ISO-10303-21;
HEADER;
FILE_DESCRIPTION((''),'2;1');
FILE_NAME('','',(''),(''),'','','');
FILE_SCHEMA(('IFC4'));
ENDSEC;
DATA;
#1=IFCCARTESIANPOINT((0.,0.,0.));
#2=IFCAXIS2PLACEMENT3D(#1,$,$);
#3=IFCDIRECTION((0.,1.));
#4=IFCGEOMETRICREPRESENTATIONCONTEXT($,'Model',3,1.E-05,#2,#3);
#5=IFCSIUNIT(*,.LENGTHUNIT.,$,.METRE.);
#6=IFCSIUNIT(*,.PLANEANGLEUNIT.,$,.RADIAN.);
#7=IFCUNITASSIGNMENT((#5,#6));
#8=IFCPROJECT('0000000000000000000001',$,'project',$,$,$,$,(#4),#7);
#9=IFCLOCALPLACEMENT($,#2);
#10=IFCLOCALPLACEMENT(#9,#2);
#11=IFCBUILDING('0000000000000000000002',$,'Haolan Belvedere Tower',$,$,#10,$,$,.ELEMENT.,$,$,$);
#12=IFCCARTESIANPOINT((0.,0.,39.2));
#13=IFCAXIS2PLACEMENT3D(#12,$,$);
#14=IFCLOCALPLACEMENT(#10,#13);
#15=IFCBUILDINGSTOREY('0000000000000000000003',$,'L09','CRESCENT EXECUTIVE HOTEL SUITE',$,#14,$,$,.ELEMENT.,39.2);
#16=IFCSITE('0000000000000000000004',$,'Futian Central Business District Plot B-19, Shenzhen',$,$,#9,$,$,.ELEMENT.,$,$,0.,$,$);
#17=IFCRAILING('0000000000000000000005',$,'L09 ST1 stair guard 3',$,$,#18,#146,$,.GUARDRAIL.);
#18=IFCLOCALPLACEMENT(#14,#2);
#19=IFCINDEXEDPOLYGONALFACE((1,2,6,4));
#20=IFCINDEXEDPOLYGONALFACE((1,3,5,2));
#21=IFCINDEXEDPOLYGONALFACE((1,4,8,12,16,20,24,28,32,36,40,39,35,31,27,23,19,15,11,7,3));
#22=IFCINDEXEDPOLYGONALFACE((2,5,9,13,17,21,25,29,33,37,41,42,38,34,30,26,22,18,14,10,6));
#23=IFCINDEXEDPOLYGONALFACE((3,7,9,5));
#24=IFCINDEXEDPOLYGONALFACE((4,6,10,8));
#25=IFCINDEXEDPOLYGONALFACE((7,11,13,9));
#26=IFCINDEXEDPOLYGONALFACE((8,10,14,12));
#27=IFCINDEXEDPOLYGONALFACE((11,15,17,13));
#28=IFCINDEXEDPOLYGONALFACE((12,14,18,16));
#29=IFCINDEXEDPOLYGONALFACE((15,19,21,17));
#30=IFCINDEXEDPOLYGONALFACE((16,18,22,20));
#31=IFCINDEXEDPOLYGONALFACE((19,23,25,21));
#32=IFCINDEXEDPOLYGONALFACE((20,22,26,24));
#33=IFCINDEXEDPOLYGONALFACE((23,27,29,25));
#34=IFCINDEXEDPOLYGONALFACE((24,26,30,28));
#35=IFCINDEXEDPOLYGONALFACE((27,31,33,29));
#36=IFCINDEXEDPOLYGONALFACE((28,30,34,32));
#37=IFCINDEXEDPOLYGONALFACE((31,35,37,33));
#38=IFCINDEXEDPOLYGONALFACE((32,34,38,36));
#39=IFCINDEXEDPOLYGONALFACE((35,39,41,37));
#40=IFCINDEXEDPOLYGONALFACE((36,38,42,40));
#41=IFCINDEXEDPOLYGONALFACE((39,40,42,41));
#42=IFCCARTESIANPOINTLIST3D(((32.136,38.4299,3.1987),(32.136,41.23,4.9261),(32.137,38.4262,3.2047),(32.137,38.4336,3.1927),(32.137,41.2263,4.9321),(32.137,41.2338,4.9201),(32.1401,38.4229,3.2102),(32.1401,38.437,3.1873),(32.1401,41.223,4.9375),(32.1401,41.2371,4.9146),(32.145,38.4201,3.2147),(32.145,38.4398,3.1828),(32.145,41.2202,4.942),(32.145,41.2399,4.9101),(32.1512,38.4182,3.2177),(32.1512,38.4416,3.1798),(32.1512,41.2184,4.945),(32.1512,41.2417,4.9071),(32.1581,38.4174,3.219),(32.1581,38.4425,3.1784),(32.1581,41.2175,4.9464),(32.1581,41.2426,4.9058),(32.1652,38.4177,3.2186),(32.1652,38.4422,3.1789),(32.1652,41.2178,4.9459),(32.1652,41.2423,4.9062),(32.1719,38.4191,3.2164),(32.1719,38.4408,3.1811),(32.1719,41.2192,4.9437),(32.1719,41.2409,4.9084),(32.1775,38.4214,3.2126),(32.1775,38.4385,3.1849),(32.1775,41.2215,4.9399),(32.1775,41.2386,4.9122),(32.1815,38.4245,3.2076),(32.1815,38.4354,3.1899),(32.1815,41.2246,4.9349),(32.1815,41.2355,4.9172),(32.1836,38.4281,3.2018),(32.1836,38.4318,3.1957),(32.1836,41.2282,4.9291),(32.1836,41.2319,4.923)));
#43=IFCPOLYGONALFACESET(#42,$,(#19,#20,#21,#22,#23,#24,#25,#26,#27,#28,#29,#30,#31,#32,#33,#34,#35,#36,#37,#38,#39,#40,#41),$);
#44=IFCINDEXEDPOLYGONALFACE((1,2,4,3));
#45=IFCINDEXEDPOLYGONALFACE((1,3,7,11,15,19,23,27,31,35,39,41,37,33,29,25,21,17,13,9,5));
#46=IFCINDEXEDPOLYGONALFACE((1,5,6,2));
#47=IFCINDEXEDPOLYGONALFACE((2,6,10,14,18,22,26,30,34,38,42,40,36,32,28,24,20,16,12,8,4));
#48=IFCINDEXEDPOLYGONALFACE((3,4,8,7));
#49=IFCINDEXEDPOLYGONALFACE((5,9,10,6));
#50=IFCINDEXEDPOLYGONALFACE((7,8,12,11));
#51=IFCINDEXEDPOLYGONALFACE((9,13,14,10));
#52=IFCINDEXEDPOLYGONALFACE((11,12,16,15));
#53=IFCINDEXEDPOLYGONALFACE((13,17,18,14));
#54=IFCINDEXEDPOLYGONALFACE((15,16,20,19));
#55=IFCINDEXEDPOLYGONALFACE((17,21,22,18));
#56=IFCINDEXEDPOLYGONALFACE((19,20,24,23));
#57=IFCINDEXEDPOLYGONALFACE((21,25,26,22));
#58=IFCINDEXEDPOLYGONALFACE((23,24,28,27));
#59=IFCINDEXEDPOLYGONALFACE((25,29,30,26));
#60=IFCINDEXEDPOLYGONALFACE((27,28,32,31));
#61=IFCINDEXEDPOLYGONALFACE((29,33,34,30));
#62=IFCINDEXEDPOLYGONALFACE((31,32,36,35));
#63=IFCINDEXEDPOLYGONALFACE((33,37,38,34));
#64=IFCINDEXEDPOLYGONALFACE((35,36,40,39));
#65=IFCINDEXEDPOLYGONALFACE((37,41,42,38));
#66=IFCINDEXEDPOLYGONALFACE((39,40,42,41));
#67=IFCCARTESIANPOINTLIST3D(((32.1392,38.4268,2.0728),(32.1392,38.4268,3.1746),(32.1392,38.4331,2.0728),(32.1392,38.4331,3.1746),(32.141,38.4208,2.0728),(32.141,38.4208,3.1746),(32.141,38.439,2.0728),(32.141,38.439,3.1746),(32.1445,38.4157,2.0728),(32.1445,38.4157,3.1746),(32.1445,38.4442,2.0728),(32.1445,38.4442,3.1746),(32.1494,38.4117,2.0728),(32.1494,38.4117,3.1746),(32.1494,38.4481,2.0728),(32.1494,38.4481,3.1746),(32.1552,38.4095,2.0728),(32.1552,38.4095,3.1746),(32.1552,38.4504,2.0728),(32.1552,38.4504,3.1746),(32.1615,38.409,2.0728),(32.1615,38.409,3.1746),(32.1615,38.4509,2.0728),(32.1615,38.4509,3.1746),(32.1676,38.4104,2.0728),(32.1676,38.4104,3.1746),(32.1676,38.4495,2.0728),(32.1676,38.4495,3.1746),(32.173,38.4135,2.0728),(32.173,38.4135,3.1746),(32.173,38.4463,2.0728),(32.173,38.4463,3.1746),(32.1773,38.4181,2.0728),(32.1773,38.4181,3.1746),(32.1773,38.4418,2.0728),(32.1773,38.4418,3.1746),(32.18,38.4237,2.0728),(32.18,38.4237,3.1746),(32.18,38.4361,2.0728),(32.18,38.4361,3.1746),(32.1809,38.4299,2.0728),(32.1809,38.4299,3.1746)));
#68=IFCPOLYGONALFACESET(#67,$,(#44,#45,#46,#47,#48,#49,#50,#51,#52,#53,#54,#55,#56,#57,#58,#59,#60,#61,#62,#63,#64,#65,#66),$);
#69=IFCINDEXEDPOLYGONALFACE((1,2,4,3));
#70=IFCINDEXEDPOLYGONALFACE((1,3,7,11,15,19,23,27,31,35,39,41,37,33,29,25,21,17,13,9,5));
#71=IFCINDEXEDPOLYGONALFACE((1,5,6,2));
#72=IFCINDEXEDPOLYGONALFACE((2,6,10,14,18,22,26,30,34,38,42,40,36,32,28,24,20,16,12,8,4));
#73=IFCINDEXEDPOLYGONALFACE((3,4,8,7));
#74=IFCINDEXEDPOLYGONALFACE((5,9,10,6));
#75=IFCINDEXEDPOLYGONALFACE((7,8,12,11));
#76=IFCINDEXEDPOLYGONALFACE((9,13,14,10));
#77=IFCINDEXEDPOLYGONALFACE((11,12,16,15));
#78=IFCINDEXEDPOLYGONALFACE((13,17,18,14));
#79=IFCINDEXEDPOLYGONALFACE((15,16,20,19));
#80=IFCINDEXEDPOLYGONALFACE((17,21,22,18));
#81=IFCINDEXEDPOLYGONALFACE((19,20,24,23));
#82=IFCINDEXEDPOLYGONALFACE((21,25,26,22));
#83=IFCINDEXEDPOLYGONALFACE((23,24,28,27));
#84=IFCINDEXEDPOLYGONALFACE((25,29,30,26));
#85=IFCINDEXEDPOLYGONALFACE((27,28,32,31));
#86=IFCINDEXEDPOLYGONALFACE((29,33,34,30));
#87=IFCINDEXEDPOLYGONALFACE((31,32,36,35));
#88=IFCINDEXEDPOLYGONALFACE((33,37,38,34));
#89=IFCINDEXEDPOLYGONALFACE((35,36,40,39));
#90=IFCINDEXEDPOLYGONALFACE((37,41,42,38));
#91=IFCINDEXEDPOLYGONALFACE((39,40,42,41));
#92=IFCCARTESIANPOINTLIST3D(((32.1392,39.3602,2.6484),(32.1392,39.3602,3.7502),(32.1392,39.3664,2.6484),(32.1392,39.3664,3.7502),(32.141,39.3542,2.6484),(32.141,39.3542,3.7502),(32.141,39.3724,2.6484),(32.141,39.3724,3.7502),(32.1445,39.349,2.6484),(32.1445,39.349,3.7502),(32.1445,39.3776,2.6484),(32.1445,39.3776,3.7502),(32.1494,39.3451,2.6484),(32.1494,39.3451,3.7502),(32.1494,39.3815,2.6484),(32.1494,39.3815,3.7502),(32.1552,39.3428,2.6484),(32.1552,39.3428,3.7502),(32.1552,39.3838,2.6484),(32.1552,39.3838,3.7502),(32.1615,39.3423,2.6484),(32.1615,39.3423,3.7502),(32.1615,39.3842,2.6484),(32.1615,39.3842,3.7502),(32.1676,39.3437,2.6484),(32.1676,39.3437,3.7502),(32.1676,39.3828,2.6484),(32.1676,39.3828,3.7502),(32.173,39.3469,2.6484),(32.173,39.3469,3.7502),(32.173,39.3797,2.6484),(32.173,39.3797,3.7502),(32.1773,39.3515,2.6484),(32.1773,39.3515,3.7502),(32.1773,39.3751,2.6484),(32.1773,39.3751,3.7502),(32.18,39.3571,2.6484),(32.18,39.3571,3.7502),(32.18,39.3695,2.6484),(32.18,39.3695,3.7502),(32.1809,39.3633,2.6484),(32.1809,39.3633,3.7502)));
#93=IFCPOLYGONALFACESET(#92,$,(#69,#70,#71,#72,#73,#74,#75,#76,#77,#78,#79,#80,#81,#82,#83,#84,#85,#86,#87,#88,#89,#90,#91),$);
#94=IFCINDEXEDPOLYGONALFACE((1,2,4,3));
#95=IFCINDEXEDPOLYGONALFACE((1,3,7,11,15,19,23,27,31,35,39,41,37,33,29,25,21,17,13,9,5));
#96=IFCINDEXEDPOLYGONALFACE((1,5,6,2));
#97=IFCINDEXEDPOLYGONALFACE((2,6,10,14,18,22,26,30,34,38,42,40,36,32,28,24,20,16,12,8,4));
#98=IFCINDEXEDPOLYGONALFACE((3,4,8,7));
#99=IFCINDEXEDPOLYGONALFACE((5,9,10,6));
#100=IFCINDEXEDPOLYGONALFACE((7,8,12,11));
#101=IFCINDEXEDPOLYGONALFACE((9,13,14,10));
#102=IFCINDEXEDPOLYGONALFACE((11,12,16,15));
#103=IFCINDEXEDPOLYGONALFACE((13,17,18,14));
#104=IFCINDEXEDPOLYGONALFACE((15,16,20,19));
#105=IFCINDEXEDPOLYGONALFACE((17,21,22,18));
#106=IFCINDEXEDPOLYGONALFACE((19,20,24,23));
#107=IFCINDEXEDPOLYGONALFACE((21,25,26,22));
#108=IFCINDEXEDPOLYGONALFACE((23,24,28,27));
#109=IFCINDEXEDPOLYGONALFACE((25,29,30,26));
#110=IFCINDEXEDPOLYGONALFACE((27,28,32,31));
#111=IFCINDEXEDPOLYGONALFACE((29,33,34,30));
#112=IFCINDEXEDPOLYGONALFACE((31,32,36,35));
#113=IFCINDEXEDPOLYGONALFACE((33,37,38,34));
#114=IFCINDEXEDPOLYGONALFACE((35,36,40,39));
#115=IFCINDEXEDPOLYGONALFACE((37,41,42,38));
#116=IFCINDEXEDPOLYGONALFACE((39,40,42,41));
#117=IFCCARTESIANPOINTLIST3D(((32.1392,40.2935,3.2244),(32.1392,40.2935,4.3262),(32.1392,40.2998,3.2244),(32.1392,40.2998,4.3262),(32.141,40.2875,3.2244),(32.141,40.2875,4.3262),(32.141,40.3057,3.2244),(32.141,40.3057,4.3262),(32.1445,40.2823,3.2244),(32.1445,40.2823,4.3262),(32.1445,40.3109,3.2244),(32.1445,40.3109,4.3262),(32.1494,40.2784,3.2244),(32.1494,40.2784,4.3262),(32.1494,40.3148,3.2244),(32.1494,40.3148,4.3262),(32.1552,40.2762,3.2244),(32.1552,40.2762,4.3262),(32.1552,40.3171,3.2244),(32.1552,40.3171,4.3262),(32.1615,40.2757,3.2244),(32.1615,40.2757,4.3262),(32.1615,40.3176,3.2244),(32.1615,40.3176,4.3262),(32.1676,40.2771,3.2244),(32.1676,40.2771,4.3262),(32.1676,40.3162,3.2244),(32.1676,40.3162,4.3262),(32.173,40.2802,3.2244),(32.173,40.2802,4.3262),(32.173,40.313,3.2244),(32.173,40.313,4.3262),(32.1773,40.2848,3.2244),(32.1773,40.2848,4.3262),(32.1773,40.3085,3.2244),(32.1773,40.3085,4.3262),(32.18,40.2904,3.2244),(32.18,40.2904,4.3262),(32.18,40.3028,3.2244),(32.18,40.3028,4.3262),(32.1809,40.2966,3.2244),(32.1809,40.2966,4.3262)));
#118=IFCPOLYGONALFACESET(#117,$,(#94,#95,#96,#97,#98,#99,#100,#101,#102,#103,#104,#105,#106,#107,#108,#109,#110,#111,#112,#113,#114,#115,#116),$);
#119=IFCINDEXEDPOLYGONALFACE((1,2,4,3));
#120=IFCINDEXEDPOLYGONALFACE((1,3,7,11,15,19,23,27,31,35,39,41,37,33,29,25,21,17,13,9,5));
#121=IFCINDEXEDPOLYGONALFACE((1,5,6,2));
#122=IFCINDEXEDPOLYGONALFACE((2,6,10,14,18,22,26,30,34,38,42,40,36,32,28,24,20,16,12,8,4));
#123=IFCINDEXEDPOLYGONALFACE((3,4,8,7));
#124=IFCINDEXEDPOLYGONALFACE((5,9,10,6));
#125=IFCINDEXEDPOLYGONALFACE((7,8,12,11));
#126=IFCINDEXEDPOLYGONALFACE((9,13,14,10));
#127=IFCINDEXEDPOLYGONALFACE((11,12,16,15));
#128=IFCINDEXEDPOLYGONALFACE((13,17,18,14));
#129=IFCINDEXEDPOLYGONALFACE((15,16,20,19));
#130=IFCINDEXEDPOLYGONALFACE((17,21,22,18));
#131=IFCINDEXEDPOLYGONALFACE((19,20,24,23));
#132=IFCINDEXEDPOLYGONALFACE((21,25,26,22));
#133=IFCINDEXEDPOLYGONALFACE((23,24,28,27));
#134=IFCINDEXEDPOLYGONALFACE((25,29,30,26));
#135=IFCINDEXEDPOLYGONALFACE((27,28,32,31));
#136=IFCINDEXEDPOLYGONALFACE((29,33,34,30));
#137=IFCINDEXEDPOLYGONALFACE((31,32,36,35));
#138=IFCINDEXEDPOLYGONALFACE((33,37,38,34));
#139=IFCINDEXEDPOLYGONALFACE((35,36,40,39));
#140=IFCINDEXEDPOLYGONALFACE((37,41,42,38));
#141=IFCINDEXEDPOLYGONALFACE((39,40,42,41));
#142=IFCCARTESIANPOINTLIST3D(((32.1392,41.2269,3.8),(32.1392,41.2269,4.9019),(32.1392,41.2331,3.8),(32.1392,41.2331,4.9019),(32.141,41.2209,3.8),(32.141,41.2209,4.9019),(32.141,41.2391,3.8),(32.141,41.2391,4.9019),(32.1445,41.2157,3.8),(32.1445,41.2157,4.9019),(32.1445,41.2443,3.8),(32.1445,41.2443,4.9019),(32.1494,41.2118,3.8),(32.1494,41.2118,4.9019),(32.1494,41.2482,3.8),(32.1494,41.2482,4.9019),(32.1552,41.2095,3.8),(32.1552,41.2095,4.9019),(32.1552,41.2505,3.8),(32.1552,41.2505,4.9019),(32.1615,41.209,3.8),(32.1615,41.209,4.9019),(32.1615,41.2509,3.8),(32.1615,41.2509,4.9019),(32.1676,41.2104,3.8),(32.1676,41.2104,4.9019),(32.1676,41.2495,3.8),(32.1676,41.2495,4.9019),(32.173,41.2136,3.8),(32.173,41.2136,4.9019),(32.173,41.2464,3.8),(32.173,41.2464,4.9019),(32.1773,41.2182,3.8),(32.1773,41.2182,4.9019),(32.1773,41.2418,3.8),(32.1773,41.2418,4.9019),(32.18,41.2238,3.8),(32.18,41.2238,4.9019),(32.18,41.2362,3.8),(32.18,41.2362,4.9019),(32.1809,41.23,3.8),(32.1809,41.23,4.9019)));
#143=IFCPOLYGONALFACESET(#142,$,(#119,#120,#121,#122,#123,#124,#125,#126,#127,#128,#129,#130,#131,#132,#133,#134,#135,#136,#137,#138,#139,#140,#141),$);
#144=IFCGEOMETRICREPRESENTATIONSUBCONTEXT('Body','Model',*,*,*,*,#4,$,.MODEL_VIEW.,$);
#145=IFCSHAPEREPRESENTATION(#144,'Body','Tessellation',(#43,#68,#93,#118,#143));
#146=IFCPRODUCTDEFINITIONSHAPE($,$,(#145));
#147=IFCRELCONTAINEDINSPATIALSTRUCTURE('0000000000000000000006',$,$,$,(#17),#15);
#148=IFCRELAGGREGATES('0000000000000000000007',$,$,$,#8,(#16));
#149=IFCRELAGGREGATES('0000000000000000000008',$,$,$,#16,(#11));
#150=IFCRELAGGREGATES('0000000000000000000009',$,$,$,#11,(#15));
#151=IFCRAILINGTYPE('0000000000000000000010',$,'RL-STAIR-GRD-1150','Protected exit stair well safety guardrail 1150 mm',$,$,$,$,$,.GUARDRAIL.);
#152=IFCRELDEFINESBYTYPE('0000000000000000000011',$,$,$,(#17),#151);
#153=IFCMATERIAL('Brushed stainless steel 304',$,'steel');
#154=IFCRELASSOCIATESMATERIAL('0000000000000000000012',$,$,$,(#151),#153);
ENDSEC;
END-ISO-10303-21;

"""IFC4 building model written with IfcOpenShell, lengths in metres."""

from ifc_helpers import new_model, si_unit, direction, frame, origin, origin_2d, place, context, subcontext, project, spatial, circle, extrude, material, type_object, element, save


model = new_model("IFC4")

# Units and contexts
model_context = context("Model", 3, precision=1e-05, world=origin(), true_north=direction((0.0, 1.0)))
body_context = subcontext(model_context, "Body", "Model", "MODEL_VIEW")
ifc_project = project(units=[si_unit("LENGTHUNIT", "METRE"), si_unit("PLANEANGLEUNIT", "RADIAN")], contexts=[model_context])

# Site, building, storey
site_placement = place(None, origin())
site = spatial("IfcSite", under=ifc_project, at=site_placement, Name="Futian Central Business District Plot B-19, Shenzhen", CompositionType="ELEMENT", RefElevation=0.0)
building_placement = place(site_placement, origin())
building = spatial("IfcBuilding", under=site, at=building_placement, Name="Haolan Belvedere Tower", CompositionType="ELEMENT")
storey_placement = place(building_placement, frame((0.0, 0.0, 39.2)))
storey = spatial("IfcBuildingStorey", under=building, at=storey_placement, Name="L09", Description="CRESCENT EXECUTIVE HOTEL SUITE", CompositionType="ELEMENT", Elevation=39.2)

# Railing
ifc_material_1 = material(Name="Brushed stainless steel 304", Category="steel")
railing_type_1 = type_object("IfcRailingType", Name="RL-STAIR-GRD-1150", Description="Protected exit stair well safety guardrail 1150 mm", PredefinedType="GUARDRAIL", material=ifc_material_1)
railing_1_placement = place(storey_placement, frame((32.1599, 38.4299, 2.0728)))
element("IfcRailing", 1, at=railing_1_placement, inside=storey, type_object=railing_type_1, Name="L09 ST1 stair guard 3", PredefinedType="GUARDRAIL", context=body_context, shape_type="SweptSolid", body=[
    extrude(circle(Radius=0.0239, at=origin_2d()), frame((0.0, 0.0, 1.126), z_axis=(0.0, 0.85109, 0.52502), x_axis=(-1.0, 0.0, 0.0)), (0.0, 0.0, 1.0), 3.29),
    extrude(circle(Radius=0.021, at=origin_2d()), origin(), (0.0, 0.0, 1.0), 1.1018),
    extrude(circle(Radius=0.021, at=origin_2d()), frame((0.0, 0.9333, 0.5757)), (0.0, 0.0, 1.0), 1.1018),
    extrude(circle(Radius=0.021, at=origin_2d()), frame((0.0, 1.8667, 1.1516)), (0.0, 0.0, 1.0), 1.1018),
    extrude(circle(Radius=0.021, at=origin_2d()), frame((0.0, 2.8, 1.7273)), (0.0, 0.0, 1.0), 1.1018),
])

save(model, "model.ifc")
